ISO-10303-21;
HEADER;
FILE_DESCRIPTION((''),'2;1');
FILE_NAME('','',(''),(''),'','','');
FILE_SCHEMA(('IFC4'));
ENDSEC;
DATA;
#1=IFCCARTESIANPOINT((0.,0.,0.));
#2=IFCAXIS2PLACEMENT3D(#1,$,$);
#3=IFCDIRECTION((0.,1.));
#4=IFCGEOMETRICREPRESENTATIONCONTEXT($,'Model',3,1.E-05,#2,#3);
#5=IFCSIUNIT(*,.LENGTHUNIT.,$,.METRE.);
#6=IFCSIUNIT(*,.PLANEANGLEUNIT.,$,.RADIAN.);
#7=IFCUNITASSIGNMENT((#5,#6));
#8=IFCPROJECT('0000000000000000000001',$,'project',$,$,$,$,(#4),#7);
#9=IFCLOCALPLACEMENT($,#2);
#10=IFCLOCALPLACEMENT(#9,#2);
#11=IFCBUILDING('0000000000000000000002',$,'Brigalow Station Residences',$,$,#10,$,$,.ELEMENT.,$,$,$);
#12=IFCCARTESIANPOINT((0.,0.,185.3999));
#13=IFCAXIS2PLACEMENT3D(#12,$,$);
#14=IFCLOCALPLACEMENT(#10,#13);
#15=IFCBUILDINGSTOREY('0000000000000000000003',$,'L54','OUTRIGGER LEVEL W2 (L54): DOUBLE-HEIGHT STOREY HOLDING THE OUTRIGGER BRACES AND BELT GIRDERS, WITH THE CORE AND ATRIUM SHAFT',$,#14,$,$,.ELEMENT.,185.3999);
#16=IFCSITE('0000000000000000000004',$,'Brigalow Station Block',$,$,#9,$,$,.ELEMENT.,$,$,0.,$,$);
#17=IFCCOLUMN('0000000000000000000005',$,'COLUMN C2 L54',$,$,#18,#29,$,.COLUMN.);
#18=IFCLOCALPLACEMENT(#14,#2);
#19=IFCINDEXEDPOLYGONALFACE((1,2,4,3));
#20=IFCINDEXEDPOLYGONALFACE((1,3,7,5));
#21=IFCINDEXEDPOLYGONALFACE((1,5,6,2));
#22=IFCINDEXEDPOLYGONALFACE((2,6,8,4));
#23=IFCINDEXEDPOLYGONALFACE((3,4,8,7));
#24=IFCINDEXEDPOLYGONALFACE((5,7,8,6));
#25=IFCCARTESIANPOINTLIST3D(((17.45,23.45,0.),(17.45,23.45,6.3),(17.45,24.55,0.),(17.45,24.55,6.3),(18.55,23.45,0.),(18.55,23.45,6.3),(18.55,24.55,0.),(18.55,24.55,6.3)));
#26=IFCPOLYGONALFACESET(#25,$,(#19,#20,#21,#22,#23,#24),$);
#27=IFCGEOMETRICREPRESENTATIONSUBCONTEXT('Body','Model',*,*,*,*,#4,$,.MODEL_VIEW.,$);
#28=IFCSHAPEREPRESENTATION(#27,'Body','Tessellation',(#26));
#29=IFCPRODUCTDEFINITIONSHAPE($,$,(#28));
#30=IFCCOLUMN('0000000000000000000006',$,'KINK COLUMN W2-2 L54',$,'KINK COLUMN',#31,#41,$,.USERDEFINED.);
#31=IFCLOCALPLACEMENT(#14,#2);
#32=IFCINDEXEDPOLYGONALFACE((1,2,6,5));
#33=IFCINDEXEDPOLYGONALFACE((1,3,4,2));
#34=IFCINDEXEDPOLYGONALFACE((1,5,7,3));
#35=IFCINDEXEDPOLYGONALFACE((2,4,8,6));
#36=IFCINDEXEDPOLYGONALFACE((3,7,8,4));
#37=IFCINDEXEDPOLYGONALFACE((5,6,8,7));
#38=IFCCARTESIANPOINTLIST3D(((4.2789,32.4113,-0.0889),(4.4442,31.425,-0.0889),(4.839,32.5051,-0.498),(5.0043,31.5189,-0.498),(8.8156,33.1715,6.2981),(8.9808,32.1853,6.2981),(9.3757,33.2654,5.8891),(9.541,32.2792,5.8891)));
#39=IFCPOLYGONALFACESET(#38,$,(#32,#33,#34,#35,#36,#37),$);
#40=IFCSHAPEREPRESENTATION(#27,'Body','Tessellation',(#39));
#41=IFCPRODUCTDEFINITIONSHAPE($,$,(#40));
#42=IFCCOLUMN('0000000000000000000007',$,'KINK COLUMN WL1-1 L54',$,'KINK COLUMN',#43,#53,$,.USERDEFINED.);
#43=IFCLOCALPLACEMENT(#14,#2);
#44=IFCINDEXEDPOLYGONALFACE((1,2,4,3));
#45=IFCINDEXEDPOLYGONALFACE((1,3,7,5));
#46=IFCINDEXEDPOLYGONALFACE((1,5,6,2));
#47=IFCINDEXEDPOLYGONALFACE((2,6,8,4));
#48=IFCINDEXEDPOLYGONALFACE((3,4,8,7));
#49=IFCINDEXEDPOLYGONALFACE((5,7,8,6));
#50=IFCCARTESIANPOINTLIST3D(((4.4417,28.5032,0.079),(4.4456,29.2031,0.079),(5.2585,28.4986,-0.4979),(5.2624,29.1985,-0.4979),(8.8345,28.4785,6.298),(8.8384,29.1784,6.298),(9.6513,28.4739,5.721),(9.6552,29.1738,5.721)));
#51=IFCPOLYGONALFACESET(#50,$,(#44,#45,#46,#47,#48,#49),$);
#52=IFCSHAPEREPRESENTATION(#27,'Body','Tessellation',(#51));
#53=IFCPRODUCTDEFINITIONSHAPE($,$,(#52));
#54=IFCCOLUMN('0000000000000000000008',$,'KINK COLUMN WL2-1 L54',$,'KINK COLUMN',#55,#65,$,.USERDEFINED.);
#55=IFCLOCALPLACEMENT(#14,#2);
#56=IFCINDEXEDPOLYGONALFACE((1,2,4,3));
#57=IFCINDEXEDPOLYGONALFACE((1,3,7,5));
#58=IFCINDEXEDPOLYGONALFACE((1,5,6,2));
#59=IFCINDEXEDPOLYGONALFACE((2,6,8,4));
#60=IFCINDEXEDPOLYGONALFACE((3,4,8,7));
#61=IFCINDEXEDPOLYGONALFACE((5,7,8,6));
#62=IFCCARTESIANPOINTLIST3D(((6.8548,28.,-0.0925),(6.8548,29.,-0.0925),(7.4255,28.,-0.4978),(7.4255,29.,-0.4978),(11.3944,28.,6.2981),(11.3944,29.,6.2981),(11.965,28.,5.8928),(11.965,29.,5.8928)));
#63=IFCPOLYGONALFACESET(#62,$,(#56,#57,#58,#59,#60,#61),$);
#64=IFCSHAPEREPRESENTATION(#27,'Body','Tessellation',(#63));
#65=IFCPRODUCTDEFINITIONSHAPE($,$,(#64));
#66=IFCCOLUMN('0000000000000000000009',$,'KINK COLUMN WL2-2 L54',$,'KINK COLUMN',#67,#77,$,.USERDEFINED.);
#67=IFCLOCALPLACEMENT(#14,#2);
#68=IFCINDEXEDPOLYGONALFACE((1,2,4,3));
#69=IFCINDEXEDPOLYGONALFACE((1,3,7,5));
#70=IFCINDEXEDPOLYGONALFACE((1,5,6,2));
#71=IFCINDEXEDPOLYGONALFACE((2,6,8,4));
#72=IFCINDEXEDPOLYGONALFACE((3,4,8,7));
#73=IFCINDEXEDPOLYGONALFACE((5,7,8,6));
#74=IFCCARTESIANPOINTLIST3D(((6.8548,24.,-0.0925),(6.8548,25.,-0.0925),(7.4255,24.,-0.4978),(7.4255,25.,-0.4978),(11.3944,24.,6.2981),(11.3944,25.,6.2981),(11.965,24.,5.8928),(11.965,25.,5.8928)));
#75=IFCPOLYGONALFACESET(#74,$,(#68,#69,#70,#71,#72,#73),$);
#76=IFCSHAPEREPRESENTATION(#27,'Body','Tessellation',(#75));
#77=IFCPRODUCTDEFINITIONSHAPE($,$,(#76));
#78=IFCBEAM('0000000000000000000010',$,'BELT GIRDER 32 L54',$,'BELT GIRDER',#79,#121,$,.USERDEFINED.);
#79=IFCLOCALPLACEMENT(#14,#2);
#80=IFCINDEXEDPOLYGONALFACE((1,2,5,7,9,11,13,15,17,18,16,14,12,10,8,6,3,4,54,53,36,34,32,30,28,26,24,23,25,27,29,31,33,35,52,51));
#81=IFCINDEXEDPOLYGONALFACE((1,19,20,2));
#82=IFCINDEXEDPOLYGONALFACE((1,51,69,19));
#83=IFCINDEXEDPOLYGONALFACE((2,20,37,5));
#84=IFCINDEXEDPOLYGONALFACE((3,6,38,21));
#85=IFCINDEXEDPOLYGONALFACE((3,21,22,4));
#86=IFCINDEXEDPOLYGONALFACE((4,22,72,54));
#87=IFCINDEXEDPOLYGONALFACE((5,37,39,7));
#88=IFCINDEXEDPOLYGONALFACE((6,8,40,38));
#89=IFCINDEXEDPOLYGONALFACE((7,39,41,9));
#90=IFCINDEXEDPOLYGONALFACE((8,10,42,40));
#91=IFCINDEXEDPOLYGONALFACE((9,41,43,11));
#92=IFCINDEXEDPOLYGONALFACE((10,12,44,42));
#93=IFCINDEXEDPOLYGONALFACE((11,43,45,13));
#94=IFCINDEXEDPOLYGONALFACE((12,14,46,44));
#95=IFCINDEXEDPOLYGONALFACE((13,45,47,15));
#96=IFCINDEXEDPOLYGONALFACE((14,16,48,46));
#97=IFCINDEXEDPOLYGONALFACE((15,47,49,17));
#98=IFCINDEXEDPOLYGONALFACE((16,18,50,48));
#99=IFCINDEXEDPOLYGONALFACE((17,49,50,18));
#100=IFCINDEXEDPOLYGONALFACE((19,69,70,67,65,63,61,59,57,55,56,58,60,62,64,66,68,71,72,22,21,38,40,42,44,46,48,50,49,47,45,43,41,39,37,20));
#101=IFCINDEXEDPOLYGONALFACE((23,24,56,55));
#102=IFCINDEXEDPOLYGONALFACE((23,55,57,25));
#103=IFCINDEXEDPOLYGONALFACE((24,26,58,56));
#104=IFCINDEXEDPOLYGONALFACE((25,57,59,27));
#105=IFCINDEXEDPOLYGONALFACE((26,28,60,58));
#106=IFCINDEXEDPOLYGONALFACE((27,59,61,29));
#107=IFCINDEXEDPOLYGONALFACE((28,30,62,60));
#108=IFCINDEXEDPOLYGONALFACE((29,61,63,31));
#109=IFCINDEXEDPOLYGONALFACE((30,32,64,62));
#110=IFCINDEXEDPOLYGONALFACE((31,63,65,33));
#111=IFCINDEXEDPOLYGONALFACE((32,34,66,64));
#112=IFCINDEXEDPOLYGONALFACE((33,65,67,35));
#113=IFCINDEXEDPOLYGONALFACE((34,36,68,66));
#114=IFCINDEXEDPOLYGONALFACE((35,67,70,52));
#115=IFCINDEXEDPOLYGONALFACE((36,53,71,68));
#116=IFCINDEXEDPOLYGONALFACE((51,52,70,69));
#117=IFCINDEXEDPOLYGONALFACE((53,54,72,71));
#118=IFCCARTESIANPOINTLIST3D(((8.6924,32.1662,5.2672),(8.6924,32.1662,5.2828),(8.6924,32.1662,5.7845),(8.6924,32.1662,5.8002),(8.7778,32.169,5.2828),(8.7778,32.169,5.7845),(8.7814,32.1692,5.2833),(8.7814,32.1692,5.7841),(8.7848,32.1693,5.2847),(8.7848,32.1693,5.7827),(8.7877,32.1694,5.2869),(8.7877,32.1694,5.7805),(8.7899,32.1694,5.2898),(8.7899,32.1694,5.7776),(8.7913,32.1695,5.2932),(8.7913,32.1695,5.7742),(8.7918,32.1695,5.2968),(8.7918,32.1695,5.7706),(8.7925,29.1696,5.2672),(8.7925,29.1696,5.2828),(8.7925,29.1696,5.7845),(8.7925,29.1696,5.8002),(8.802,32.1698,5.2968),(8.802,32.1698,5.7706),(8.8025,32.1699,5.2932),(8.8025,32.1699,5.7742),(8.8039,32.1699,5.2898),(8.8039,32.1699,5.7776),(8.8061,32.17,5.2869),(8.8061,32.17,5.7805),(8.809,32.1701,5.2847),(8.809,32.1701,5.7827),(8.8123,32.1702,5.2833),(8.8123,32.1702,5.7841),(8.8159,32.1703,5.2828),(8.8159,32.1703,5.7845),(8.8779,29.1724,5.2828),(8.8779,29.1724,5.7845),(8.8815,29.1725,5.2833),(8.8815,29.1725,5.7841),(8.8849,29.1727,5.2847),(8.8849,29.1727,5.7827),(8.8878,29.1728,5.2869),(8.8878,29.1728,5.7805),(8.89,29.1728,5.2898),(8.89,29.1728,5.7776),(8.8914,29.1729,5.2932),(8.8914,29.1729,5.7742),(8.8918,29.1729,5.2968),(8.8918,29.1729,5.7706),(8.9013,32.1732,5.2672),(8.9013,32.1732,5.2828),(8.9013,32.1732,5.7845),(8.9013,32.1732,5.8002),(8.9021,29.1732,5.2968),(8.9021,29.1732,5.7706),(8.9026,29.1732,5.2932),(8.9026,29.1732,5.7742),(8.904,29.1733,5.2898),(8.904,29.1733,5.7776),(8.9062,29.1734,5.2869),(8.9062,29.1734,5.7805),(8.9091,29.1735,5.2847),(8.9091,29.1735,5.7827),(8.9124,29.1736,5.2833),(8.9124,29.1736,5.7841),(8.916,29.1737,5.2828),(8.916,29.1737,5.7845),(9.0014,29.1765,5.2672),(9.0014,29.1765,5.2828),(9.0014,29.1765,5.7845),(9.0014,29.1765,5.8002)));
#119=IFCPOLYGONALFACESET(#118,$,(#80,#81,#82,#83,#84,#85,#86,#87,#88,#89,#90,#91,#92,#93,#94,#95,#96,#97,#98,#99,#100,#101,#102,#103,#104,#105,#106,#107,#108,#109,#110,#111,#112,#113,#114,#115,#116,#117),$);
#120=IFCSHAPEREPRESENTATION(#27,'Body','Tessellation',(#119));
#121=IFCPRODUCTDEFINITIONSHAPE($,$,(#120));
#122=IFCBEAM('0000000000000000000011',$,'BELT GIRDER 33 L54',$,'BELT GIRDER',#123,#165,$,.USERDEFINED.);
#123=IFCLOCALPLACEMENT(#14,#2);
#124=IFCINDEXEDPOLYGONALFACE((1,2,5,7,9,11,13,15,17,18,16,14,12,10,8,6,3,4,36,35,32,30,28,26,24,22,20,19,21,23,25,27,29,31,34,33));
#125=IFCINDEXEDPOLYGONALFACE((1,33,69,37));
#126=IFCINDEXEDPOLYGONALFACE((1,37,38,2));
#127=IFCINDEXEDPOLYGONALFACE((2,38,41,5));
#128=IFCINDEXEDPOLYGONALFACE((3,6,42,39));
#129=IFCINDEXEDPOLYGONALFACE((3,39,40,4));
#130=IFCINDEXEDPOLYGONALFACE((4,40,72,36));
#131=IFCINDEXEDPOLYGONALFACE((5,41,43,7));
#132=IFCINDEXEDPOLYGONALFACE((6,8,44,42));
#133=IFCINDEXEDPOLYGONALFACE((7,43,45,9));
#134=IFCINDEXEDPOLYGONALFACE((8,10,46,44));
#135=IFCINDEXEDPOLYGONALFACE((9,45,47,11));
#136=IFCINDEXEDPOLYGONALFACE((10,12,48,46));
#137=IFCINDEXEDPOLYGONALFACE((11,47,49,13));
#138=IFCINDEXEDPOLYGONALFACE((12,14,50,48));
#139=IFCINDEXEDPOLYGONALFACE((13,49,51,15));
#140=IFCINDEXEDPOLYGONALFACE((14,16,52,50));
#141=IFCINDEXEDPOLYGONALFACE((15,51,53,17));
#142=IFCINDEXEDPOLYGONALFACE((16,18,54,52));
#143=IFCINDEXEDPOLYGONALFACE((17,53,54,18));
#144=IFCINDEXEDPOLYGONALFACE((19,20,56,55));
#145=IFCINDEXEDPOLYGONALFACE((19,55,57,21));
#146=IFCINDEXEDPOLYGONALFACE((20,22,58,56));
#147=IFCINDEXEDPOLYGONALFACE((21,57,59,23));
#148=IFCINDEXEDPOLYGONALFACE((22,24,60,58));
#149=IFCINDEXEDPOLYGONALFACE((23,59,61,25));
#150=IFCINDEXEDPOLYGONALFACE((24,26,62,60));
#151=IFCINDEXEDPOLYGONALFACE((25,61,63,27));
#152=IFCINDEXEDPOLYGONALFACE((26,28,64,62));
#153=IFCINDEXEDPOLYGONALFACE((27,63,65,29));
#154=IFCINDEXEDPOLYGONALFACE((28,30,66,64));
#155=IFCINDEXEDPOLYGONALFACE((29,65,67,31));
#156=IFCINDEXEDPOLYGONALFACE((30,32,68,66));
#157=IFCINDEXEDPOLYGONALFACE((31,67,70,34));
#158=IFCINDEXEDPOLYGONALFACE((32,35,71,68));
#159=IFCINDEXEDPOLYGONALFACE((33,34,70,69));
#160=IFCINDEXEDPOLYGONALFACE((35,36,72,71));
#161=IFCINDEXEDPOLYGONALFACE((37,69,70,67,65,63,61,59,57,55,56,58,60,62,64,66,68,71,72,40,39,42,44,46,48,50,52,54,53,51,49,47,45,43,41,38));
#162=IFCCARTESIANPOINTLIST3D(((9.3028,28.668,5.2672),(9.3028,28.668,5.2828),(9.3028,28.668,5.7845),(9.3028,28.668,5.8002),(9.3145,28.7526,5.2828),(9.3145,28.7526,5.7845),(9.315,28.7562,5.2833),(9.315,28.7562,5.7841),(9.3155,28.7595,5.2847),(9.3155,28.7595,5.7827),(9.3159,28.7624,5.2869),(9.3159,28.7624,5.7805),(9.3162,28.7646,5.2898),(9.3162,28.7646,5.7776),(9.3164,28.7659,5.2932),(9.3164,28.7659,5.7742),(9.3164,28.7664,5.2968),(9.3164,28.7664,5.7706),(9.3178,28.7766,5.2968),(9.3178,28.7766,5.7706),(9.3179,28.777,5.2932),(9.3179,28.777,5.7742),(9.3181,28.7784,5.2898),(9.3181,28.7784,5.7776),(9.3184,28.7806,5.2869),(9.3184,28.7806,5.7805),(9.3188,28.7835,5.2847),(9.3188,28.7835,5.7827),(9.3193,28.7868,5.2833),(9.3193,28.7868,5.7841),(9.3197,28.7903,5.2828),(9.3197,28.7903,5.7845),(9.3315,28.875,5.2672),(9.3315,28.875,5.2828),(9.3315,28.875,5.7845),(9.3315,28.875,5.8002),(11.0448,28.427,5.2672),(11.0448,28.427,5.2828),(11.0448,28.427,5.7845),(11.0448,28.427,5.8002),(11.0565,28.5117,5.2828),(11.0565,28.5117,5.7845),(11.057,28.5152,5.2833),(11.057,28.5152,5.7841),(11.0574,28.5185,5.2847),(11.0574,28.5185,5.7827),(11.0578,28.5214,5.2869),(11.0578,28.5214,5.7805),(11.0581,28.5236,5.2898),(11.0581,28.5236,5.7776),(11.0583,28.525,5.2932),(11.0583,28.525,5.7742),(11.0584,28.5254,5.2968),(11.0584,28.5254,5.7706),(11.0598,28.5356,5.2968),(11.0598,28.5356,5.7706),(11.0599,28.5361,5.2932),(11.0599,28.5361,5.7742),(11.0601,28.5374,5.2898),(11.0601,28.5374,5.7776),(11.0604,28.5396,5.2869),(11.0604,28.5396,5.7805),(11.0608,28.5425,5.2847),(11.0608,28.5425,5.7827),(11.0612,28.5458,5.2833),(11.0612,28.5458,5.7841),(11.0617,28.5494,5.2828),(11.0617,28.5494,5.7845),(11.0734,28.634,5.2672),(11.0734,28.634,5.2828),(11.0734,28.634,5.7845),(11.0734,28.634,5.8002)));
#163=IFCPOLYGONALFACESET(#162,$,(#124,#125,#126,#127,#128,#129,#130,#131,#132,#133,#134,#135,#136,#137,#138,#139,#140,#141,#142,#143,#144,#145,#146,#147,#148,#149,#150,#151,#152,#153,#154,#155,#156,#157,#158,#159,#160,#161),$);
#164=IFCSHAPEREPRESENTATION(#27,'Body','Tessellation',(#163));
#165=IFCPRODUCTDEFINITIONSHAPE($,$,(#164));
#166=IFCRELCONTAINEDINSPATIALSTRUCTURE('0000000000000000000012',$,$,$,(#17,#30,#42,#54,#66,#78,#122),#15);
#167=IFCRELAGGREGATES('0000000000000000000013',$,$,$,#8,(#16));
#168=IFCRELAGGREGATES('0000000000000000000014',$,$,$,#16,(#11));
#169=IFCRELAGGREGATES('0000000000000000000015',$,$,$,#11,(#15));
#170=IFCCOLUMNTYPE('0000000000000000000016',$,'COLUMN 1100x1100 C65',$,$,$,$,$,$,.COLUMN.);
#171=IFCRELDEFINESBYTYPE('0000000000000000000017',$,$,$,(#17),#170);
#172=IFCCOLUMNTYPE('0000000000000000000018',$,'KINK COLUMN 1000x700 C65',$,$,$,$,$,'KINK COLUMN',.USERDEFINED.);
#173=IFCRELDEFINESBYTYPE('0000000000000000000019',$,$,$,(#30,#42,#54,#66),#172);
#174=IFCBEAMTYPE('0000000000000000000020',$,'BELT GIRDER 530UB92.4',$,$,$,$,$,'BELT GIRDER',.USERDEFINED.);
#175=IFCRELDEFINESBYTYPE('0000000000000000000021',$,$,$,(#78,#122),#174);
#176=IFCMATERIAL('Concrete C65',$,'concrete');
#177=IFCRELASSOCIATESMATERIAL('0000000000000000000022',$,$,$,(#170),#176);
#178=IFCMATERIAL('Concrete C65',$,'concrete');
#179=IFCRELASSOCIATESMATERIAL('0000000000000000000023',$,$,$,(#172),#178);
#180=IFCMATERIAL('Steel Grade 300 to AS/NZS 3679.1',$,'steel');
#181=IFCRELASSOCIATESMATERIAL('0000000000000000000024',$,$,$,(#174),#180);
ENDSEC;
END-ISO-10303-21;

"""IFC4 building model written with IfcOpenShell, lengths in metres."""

from ifc_helpers import new_model, si_unit, direction, frame, origin, origin_2d, place, context, subcontext, project, spatial, rectangle, i_section, extrude, material, material_profile, profile_set, type_object, element, save


model = new_model("IFC4")

# Units and contexts
model_context = context("Model", 3, precision=1e-05, world=origin(), true_north=direction((0.0, 1.0)))
body_context = subcontext(model_context, "Body", "Model", "MODEL_VIEW")
ifc_project = project(units=[si_unit("LENGTHUNIT", "METRE"), si_unit("PLANEANGLEUNIT", "RADIAN")], contexts=[model_context])

# Site, building, storey
site_placement = place(None, origin())
site = spatial("IfcSite", under=ifc_project, at=site_placement, Name="Brigalow Station Block", CompositionType="ELEMENT", RefElevation=0.0)
building_placement = place(site_placement, origin())
building = spatial("IfcBuilding", under=site, at=building_placement, Name="Brigalow Station Residences", CompositionType="ELEMENT")
storey_placement = place(building_placement, frame((0.0, 0.0, 185.3999)))
storey = spatial("IfcBuildingStorey", under=building, at=storey_placement, Name="L54", Description="OUTRIGGER LEVEL W2 (L54): DOUBLE-HEIGHT STOREY HOLDING THE OUTRIGGER BRACES AND BELT GIRDERS, WITH THE CORE AND ATRIUM SHAFT", CompositionType="ELEMENT", Elevation=185.3999)

# Columns
ifc_material_1 = material(Name="Concrete C65", Category="concrete")
ifc_material_profile_1 = material_profile(ifc_material_1, rectangle(XDim=1.1001, YDim=1.1001, at=origin_2d()), Name="RC1100x1100")
ifc_profile_set_1 = profile_set([ifc_material_profile_1], Name="Concrete C65")
column_type_1 = type_object("IfcColumnType", Name="COLUMN 1100x1100 C65", PredefinedType="COLUMN", material=ifc_profile_set_1)
column_1_placement = place(storey_placement, frame((18.0, 24.0, 0.0), z_axis=(0.0, 0.0, 1.0), x_axis=(1.0, 0.0, 0.0)))
element("IfcColumn", 1, at=column_1_placement, inside=storey, type_object=column_type_1, Name="COLUMN C2 L54", PredefinedType="COLUMN", context=body_context, shape_type="SweptSolid", body=[
    extrude(rectangle(XDim=1.1001, YDim=1.1001, at=origin_2d()), origin(), (0.0, 0.0, 1.0), 6.3),
])
ifc_material_2 = material(Name="Concrete C65", Category="concrete")
ifc_material_profile_2 = material_profile(ifc_material_2, rectangle(XDim=1.0, YDim=0.7, at=origin_2d()), Name="RC1000x700")
ifc_profile_set_2 = profile_set([ifc_material_profile_2], Name="Concrete C65")
column_type_2 = type_object("IfcColumnType", Name="KINK COLUMN 1000x700 C65", ElementType="KINK COLUMN", PredefinedType="USERDEFINED", material=ifc_profile_set_2)
column_2_placement = place(storey_placement, frame((4.6416, 31.9651, -0.2935), z_axis=(0.576374, 0.09659, 0.811458), x_axis=(-0.165277, 0.986247, 0.0)))
element("IfcColumn", 2, at=column_2_placement, inside=storey, type_object=column_type_2, Name="KINK COLUMN W2-2 L54", ObjectType="KINK COLUMN", PredefinedType="USERDEFINED", context=body_context, shape_type="SweptSolid", body=[
    extrude(rectangle(XDim=1.0, YDim=0.7, at=origin_2d()), origin(), (0.0, 0.0, 1.0), 7.8711),
])
column_3_placement = place(storey_placement, frame((4.8521, 28.8508, -0.2095), z_axis=(0.576938, -0.003239, 0.816781), x_axis=(-0.816769, 0.004585, 0.576947)))
element("IfcColumn", 3, at=column_3_placement, inside=storey, type_object=column_type_2, Name="KINK COLUMN WL1-1 L54", ObjectType="KINK COLUMN", PredefinedType="USERDEFINED", context=body_context, shape_type="SweptSolid", body=[
    extrude(rectangle(XDim=1.0, YDim=0.7, at=origin_2d()), origin(), (0.0, 0.0, 1.0), 7.614),
])
for number, where, z_axis, x_axis, name in (
    (4, (7.1401, 28.5, -0.2952), (0.579109, 0.0, 0.81525), (0.0, 1.0, 0.0), "KINK COLUMN WL2-1 L54"),
    (5, (7.1401, 24.5, -0.2952), (0.579109, 0.0, 0.81525), (0.0, 1.0, 0.0), "KINK COLUMN WL2-2 L54"),
):
    element("IfcColumn", number, at=place(storey_placement, frame(where, z_axis=z_axis, x_axis=x_axis)), inside=storey, type_object=column_type_2, Name=name, ObjectType="KINK COLUMN", PredefinedType="USERDEFINED", context=body_context, shape_type="SweptSolid", body=[
        extrude(rectangle(XDim=1.0, YDim=0.7, at=origin_2d()), origin(), (0.0, 0.0, 1.0), 7.8389),
    ])

# Beams
ifc_material_3 = material(Name="Steel Grade 300 to AS/NZS 3679.1", Category="steel")
ifc_material_profile_3 = material_profile(ifc_material_3, i_section(OverallWidth=0.209, OverallDepth=0.533, WebThickness=0.0103, FlangeThickness=0.0156, FilletRadius=0.0139, at=origin_2d()), Name="530UB92.4")
ifc_profile_set_3 = profile_set([ifc_material_profile_3], Name="Steel Grade 300 to AS/NZS 3679.1")
beam_type = type_object("IfcBeamType", Name="BELT GIRDER 530UB92.4", ElementType="BELT GIRDER", PredefinedType="USERDEFINED", material=ifc_profile_set_3)
beam_1_placement = place(storey_placement, frame((8.7969, 32.1697, 5.5337), z_axis=(0.033385, -0.999443, 0.0), x_axis=(0.999443, 0.033385, 0.0)))
element("IfcBeam", 6, at=beam_1_placement, inside=storey, type_object=beam_type, Name="BELT GIRDER 32 L54", ObjectType="BELT GIRDER", PredefinedType="USERDEFINED", context=body_context, shape_type="SweptSolid", body=[
    extrude(i_section(OverallWidth=0.209, OverallDepth=0.533, WebThickness=0.0103, FlangeThickness=0.0156, FilletRadius=0.0139, at=origin_2d()), origin(), (0.0, 0.0, 1.0), 2.9983),
])
beam_2_placement = place(storey_placement, frame((9.3171, 28.7715, 5.5337), z_axis=(0.990567, -0.137027, 0.0), x_axis=(0.137027, 0.990567, 0.0)))
element("IfcBeam", 7, at=beam_2_placement, inside=storey, type_object=beam_type, Name="BELT GIRDER 33 L54", ObjectType="BELT GIRDER", PredefinedType="USERDEFINED", context=body_context, shape_type="SweptSolid", body=[
    extrude(i_section(OverallWidth=0.209, OverallDepth=0.533, WebThickness=0.0103, FlangeThickness=0.0156, FilletRadius=0.0139, at=origin_2d()), origin(), (0.0, 0.0, 1.0), 1.7585),
])

save(model, "model.ifc")
